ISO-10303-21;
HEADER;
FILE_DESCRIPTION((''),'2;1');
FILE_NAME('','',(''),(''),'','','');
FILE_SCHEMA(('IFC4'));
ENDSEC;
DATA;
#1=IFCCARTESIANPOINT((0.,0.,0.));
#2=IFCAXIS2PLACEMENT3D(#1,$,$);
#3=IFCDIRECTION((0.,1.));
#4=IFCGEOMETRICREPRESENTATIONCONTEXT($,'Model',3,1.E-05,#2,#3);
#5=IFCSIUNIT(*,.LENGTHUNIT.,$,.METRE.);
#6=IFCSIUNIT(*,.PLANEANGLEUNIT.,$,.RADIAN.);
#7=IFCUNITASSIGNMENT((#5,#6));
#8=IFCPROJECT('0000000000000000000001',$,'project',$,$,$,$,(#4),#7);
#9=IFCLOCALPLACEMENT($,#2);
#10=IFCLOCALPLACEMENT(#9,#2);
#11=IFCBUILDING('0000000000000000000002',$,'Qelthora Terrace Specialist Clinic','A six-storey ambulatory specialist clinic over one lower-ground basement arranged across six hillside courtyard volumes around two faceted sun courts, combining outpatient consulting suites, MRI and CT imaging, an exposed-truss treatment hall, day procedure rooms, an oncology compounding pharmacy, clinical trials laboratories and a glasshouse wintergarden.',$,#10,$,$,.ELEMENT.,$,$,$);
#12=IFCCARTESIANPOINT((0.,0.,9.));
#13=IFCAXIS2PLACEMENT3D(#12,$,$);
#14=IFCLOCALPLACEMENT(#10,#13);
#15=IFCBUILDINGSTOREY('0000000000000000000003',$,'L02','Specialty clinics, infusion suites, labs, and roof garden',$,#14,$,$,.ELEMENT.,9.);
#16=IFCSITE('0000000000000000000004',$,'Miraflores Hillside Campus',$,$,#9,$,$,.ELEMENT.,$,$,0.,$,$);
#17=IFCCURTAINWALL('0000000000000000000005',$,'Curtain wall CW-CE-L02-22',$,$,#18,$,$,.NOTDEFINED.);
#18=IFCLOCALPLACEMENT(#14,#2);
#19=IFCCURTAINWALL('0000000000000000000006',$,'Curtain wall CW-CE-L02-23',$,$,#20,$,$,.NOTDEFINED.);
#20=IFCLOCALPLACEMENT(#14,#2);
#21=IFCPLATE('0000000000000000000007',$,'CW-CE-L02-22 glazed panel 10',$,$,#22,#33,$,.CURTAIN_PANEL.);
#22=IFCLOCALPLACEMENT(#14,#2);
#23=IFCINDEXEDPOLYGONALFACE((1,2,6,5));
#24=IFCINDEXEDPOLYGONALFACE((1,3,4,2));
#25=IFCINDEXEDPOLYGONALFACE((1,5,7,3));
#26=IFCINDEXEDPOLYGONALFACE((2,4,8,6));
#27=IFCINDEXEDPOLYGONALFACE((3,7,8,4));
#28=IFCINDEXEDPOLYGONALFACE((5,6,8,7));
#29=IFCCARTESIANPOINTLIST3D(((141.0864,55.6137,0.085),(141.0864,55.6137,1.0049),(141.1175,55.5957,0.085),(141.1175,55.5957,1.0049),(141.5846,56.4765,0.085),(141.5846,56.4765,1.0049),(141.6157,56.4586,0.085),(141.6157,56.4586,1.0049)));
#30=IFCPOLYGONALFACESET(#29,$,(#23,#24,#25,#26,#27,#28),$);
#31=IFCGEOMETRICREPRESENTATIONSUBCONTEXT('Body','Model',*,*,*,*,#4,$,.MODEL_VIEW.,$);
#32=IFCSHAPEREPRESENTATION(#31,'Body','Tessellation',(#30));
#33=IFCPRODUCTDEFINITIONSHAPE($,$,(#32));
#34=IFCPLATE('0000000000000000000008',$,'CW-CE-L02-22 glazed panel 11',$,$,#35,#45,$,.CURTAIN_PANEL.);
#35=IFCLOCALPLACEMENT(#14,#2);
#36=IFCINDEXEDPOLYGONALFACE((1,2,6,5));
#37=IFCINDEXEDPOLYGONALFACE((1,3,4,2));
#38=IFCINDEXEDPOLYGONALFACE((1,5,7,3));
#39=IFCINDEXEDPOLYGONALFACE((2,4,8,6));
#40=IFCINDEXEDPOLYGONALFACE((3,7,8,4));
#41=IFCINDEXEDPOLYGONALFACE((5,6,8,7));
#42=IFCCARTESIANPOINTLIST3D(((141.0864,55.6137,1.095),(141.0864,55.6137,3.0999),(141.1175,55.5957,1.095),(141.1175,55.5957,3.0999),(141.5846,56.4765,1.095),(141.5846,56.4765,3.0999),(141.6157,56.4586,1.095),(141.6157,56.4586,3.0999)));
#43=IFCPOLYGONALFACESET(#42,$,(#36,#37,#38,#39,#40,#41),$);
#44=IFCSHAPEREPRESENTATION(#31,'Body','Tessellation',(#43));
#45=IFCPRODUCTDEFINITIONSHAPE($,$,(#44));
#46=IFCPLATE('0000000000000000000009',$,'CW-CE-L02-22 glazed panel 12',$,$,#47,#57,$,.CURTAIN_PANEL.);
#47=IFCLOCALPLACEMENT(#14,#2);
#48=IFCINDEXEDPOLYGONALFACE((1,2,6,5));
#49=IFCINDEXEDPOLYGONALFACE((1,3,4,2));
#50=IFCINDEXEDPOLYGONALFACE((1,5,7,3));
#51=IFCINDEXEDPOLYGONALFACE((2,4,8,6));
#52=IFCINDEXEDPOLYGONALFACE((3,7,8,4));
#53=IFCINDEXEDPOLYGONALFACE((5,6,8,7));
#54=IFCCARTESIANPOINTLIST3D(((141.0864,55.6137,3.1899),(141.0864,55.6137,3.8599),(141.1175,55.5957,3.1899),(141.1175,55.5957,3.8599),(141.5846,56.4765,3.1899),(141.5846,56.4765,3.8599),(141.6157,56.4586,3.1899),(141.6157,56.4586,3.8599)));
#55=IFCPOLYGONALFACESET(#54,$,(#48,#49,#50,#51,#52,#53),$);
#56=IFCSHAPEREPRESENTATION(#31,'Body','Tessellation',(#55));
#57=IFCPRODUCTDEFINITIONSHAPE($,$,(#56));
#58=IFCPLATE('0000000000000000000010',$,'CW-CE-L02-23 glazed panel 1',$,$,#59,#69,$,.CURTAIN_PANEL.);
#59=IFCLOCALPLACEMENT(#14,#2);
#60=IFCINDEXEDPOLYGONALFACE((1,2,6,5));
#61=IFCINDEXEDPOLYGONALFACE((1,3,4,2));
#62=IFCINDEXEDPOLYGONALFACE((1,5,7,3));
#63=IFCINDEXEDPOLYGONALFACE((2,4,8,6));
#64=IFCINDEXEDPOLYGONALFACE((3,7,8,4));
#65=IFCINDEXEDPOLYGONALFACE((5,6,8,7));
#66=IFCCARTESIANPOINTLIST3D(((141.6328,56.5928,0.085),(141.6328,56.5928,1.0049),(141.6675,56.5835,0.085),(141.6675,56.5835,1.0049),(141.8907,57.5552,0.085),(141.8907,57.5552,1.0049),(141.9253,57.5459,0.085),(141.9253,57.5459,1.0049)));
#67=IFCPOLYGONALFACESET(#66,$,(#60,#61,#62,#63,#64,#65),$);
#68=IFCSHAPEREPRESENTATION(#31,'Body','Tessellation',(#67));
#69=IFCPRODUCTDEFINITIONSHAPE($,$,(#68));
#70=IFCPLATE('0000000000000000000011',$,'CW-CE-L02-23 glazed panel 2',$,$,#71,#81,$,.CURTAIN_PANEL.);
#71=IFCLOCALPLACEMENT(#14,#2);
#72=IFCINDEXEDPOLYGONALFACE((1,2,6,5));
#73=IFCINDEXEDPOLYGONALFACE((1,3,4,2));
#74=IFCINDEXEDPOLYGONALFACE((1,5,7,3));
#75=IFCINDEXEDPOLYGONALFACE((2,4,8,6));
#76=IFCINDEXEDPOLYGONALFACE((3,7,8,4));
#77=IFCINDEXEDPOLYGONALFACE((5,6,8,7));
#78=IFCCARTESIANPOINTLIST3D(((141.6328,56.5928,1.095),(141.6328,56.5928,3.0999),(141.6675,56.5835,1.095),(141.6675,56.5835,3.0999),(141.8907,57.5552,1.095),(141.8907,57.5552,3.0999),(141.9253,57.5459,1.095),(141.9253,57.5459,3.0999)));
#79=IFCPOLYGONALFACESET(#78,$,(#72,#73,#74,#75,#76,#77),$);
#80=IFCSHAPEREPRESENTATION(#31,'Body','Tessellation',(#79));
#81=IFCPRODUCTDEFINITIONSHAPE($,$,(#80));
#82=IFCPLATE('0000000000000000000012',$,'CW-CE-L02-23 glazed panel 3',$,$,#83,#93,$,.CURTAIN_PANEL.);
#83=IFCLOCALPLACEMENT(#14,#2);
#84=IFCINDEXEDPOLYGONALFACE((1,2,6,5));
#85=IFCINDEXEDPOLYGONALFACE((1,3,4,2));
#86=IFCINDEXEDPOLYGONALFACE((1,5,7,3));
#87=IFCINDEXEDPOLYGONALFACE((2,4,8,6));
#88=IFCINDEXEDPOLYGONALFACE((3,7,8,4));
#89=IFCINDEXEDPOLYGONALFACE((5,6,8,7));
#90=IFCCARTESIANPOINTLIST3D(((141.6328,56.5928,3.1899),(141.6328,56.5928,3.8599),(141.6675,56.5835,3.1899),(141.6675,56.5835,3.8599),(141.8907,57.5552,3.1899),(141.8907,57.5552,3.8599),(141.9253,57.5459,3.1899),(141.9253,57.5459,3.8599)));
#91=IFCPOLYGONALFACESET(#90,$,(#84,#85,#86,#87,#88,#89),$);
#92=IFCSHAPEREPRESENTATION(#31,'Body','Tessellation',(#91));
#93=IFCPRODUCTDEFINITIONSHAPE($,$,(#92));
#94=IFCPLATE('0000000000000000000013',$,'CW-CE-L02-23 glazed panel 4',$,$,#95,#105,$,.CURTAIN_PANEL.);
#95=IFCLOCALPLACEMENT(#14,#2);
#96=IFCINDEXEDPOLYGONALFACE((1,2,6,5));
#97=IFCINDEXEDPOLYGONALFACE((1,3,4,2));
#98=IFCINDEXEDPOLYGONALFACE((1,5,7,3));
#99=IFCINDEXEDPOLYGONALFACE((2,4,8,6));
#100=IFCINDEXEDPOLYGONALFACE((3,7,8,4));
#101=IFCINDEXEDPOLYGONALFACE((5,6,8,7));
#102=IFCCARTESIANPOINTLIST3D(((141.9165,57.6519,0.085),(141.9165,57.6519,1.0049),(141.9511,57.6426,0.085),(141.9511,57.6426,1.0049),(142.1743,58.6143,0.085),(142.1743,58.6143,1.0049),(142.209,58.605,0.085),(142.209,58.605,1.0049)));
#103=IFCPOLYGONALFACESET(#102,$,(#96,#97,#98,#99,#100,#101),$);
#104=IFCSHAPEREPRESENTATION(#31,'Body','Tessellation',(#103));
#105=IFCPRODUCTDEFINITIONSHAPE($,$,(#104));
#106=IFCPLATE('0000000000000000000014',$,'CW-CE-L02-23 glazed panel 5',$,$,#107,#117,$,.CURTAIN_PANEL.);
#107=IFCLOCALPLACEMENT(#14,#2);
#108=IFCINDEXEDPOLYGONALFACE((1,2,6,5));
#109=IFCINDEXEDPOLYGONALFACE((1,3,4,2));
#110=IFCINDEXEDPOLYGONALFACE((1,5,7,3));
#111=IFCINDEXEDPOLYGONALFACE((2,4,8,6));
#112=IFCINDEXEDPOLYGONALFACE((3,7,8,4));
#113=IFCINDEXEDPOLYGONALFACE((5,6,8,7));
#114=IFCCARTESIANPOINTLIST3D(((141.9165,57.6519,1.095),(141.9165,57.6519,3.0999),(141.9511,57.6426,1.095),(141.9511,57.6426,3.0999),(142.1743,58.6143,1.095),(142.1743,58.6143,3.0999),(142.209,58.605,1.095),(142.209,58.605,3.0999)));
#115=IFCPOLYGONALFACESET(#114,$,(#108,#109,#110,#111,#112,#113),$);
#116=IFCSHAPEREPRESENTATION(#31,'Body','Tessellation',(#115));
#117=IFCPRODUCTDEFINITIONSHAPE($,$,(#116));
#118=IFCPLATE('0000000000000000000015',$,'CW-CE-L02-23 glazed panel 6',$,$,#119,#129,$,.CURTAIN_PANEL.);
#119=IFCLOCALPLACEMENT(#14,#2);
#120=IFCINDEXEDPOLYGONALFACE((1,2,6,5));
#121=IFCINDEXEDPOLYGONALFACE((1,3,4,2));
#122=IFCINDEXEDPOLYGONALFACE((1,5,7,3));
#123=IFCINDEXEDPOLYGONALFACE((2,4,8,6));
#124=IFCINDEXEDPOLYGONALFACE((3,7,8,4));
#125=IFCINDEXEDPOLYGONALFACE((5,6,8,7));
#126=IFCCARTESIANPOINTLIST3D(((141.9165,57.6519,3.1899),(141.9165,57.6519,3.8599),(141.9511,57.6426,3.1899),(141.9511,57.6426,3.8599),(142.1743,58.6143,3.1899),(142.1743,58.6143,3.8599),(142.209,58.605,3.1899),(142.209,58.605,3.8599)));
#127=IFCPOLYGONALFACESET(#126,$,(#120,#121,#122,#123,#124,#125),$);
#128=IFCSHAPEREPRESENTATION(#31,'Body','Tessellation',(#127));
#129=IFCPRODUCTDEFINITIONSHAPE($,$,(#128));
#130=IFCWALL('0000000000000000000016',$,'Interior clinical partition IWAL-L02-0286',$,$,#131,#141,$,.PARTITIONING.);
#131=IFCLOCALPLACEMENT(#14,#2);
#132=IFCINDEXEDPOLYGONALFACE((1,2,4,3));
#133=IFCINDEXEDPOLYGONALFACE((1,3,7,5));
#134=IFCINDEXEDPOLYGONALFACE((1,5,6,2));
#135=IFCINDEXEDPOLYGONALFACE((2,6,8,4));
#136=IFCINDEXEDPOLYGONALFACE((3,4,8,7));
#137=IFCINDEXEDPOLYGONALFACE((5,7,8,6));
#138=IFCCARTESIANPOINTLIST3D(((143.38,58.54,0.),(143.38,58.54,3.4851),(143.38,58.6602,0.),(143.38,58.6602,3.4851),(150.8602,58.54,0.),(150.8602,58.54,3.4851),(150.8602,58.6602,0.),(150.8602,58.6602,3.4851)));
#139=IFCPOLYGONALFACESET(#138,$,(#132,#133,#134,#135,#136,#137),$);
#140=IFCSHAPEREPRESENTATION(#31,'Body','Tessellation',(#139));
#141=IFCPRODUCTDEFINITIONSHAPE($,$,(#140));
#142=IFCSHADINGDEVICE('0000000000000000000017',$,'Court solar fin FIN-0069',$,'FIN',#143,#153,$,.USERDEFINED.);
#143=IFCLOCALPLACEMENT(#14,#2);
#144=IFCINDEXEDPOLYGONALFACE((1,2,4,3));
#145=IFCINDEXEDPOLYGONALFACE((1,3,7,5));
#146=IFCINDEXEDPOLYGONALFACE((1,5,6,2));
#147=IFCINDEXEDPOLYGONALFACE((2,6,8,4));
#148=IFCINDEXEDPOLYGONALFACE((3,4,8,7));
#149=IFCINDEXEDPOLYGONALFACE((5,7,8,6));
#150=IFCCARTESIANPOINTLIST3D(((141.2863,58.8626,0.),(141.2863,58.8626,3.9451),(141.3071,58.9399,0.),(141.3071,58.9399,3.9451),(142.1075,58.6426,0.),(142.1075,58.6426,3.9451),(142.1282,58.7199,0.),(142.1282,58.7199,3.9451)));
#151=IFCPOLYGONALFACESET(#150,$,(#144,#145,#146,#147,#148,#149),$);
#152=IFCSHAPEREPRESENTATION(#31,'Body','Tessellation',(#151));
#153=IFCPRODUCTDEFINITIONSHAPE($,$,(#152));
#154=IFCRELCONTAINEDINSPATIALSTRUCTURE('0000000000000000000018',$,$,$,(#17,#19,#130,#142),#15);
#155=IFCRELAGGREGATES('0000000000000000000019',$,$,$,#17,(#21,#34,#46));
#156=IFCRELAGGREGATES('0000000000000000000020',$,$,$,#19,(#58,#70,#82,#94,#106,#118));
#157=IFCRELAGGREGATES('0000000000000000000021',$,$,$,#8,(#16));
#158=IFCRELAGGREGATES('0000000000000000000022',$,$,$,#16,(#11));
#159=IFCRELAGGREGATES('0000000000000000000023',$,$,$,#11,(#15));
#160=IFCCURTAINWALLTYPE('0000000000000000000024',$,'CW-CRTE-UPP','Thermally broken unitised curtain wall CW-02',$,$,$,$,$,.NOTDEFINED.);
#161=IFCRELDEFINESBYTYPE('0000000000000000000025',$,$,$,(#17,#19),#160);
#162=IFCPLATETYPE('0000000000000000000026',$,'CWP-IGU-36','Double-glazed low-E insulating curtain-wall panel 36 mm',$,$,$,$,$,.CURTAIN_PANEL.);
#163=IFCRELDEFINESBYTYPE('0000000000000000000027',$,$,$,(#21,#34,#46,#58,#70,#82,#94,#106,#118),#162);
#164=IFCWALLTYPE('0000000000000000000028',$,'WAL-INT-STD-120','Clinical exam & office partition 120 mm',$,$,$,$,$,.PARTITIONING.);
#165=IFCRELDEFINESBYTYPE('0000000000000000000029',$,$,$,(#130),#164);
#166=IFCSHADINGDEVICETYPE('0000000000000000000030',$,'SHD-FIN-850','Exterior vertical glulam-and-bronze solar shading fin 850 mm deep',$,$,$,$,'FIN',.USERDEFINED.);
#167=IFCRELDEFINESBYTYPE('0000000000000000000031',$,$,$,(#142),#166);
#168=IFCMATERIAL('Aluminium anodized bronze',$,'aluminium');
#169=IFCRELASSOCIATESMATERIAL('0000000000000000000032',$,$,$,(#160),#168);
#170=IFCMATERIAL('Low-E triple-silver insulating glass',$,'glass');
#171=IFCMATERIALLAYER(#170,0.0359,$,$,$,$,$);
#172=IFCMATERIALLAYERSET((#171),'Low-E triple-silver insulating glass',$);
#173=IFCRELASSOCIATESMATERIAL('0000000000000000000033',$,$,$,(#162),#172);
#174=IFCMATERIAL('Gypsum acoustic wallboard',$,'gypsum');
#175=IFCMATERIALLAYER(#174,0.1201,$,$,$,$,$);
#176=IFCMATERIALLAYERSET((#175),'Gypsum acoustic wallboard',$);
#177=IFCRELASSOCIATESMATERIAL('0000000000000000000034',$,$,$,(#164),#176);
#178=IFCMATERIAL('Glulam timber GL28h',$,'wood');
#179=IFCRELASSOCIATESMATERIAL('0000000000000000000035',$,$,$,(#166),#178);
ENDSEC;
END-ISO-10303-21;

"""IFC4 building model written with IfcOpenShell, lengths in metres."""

from ifc_helpers import new_model, si_unit, direction, frame, frame_2d, origin, origin_2d, place, context, subcontext, project, spatial, rectangle, extrude, material, layer, layer_set, type_object, element, aggregate, save


model = new_model("IFC4")

# Units and contexts
model_context = context("Model", 3, precision=1e-05, world=origin(), true_north=direction((0.0, 1.0)))
body_context = subcontext(model_context, "Body", "Model", "MODEL_VIEW")
ifc_project = project(units=[si_unit("LENGTHUNIT", "METRE"), si_unit("PLANEANGLEUNIT", "RADIAN")], contexts=[model_context])

# Site, building, storey
site_placement = place(None, origin())
site = spatial("IfcSite", under=ifc_project, at=site_placement, Name="Miraflores Hillside Campus", CompositionType="ELEMENT", RefElevation=0.0)
building_placement = place(site_placement, origin())
building = spatial("IfcBuilding", under=site, at=building_placement, Name="Qelthora Terrace Specialist Clinic", Description="A six-storey ambulatory specialist clinic over one lower-ground basement arranged across six hillside courtyard volumes around two faceted sun courts, combining outpatient consulting suites, MRI and CT imaging, an exposed-truss treatment hall, day procedure rooms, an oncology compounding pharmacy, clinical trials laboratories and a glasshouse wintergarden.", CompositionType="ELEMENT")
storey_placement = place(building_placement, frame((0.0, 0.0, 9.0)))
storey = spatial("IfcBuildingStorey", under=building, at=storey_placement, Name="L02", Description="Specialty clinics, infusion suites, labs, and roof garden", CompositionType="ELEMENT", Elevation=9.0)

# Curtain walls
ifc_material_1 = material(Name="Aluminium anodized bronze", Category="aluminium")
curtain_wall_type = type_object("IfcCurtainWallType", Name="CW-CRTE-UPP", Description="Thermally broken unitised curtain wall CW-02", PredefinedType="NOTDEFINED", material=ifc_material_1)
curtain_wall_1_placement = place(storey_placement, origin())
curtain_wall_1 = element("IfcCurtainWall", 1, at=curtain_wall_1_placement, inside=storey, type_object=curtain_wall_type, Name="Curtain wall CW-CE-L02-22", PredefinedType="NOTDEFINED")
curtain_wall_2_placement = place(storey_placement, origin())
curtain_wall_2 = element("IfcCurtainWall", 2, at=curtain_wall_2_placement, inside=storey, type_object=curtain_wall_type, Name="Curtain wall CW-CE-L02-23", PredefinedType="NOTDEFINED")

# Plates
ifc_material_2 = material(Name="Low-E triple-silver insulating glass", Category="glass")
ifc_layer_1 = layer(ifc_material_2, 0.0359)
ifc_layer_set_1 = layer_set([ifc_layer_1], Name="Low-E triple-silver insulating glass")
plate_type = type_object("IfcPlateType", Name="CWP-IGU-36", Description="Double-glazed low-E insulating curtain-wall panel 36 mm", PredefinedType="CURTAIN_PANEL", material=ifc_layer_set_1)
plate_1_placement = place(storey_placement, frame((141.3511, 56.0361, 0.085), z_axis=(0.0, 0.0, 1.0), x_axis=(0.5, 0.866025, 0.0)))
plate_1 = element("IfcPlate", 3, at=plate_1_placement, type_object=plate_type, Name="CW-CE-L02-22 glazed panel 10", PredefinedType="CURTAIN_PANEL", context=body_context, shape_type="SweptSolid", body=[
    extrude(rectangle(XDim=0.9963, YDim=0.0359, at=origin_2d()), origin(), (0.0, 0.0, 1.0), 0.9199),
])
plate_2_placement = place(storey_placement, frame((141.3511, 56.0361, 1.095), z_axis=(0.0, 0.0, 1.0), x_axis=(0.5, 0.866025, 0.0)))
plate_2 = element("IfcPlate", 4, at=plate_2_placement, type_object=plate_type, Name="CW-CE-L02-22 glazed panel 11", PredefinedType="CURTAIN_PANEL", context=body_context, shape_type="SweptSolid", body=[
    extrude(rectangle(XDim=0.9963, YDim=0.0359, at=origin_2d()), origin(), (0.0, 0.0, 1.0), 2.0049),
])
plate_3_placement = place(storey_placement, frame((141.3511, 56.0361, 3.1899), z_axis=(0.0, 0.0, 1.0), x_axis=(0.5, 0.866025, 0.0)))
plate_3 = element("IfcPlate", 5, at=plate_3_placement, type_object=plate_type, Name="CW-CE-L02-22 glazed panel 12", PredefinedType="CURTAIN_PANEL", context=body_context, shape_type="SweptSolid", body=[
    extrude(rectangle(XDim=0.9963, YDim=0.0359, at=origin_2d()), origin(), (0.0, 0.0, 1.0), 0.6699),
])
aggregate(curtain_wall_1, [plate_1, plate_2, plate_3])
plate_4_placement = place(storey_placement, frame((141.7791, 57.0693, 0.085), z_axis=(0.0, 0.0, 1.0), x_axis=(0.258819, 0.965926, 0.0)))
plate_4 = element("IfcPlate", 6, at=plate_4_placement, type_object=plate_type, Name="CW-CE-L02-23 glazed panel 1", PredefinedType="CURTAIN_PANEL", context=body_context, shape_type="SweptSolid", body=[
    extrude(rectangle(XDim=0.9963, YDim=0.0359, at=origin_2d()), origin(), (0.0, 0.0, 1.0), 0.9199),
])
plate_5_placement = place(storey_placement, frame((141.7791, 57.0693, 1.095), z_axis=(0.0, 0.0, 1.0), x_axis=(0.258819, 0.965926, 0.0)))
plate_5 = element("IfcPlate", 7, at=plate_5_placement, type_object=plate_type, Name="CW-CE-L02-23 glazed panel 2", PredefinedType="CURTAIN_PANEL", context=body_context, shape_type="SweptSolid", body=[
    extrude(rectangle(XDim=0.9963, YDim=0.0359, at=origin_2d()), origin(), (0.0, 0.0, 1.0), 2.0049),
])
plate_6_placement = place(storey_placement, frame((141.7791, 57.0693, 3.1899), z_axis=(0.0, 0.0, 1.0), x_axis=(0.258819, 0.965926, 0.0)))
plate_6 = element("IfcPlate", 8, at=plate_6_placement, type_object=plate_type, Name="CW-CE-L02-23 glazed panel 3", PredefinedType="CURTAIN_PANEL", context=body_context, shape_type="SweptSolid", body=[
    extrude(rectangle(XDim=0.9963, YDim=0.0359, at=origin_2d()), origin(), (0.0, 0.0, 1.0), 0.6699),
])
plate_7_placement = place(storey_placement, frame((142.0627, 58.1284, 0.085), z_axis=(0.0, 0.0, 1.0), x_axis=(0.258819, 0.965926, 0.0)))
plate_7 = element("IfcPlate", 9, at=plate_7_placement, type_object=plate_type, Name="CW-CE-L02-23 glazed panel 4", PredefinedType="CURTAIN_PANEL", context=body_context, shape_type="SweptSolid", body=[
    extrude(rectangle(XDim=0.9963, YDim=0.0359, at=origin_2d()), origin(), (0.0, 0.0, 1.0), 0.9199),
])
plate_8_placement = place(storey_placement, frame((142.0627, 58.1284, 1.095), z_axis=(0.0, 0.0, 1.0), x_axis=(0.258819, 0.965926, 0.0)))
plate_8 = element("IfcPlate", 10, at=plate_8_placement, type_object=plate_type, Name="CW-CE-L02-23 glazed panel 5", PredefinedType="CURTAIN_PANEL", context=body_context, shape_type="SweptSolid", body=[
    extrude(rectangle(XDim=0.9963, YDim=0.0359, at=origin_2d()), origin(), (0.0, 0.0, 1.0), 2.0049),
])
plate_9_placement = place(storey_placement, frame((142.0627, 58.1284, 3.1899), z_axis=(0.0, 0.0, 1.0), x_axis=(0.258819, 0.965926, 0.0)))
plate_9 = element("IfcPlate", 11, at=plate_9_placement, type_object=plate_type, Name="CW-CE-L02-23 glazed panel 6", PredefinedType="CURTAIN_PANEL", context=body_context, shape_type="SweptSolid", body=[
    extrude(rectangle(XDim=0.9963, YDim=0.0359, at=origin_2d()), origin(), (0.0, 0.0, 1.0), 0.6699),
])
aggregate(curtain_wall_2, [plate_4, plate_5, plate_6, plate_7, plate_8, plate_9])

# Wall
ifc_material_3 = material(Name="Gypsum acoustic wallboard", Category="gypsum")
ifc_layer_2 = layer(ifc_material_3, 0.1201)
ifc_layer_set_2 = layer_set([ifc_layer_2], Name="Gypsum acoustic wallboard")
wall_type = type_object("IfcWallType", Name="WAL-INT-STD-120", Description="Clinical exam & office partition 120 mm", PredefinedType="PARTITIONING", material=ifc_layer_set_2)
wall_placement = place(storey_placement, frame((143.3799, 58.6001, 0.0), z_axis=(0.0, 0.0, 1.0), x_axis=(1.0, 0.0, 0.0)))
element("IfcWall", 12, at=wall_placement, inside=storey, type_object=wall_type, Name="Interior clinical partition IWAL-L02-0286", PredefinedType="PARTITIONING", context=body_context, shape_type="SweptSolid", body=[
    extrude(rectangle(XDim=7.4802, YDim=0.1201, at=frame_2d((3.7402, 0.0))), origin(), (0.0, 0.0, 1.0), 3.4851),
])

# Shading device
ifc_material_4 = material(Name="Glulam timber GL28h", Category="wood")
shading_device_type = type_object("IfcShadingDeviceType", Name="SHD-FIN-850", Description="Exterior vertical glulam-and-bronze solar shading fin 850 mm deep", ElementType="FIN", PredefinedType="USERDEFINED", material=ifc_material_4)
shading_device_placement = place(storey_placement, frame((141.7073, 58.7913, 0.0), z_axis=(0.0, 0.0, 1.0), x_axis=(-0.965926, 0.258819, 0.0)))
element("IfcShadingDevice", 13, at=shading_device_placement, inside=storey, type_object=shading_device_type, Name="Court solar fin FIN-0069", ObjectType="FIN", PredefinedType="USERDEFINED", context=body_context, shape_type="SweptSolid", body=[
    extrude(rectangle(XDim=0.8501, YDim=0.0801, at=origin_2d()), origin(), (0.0, 0.0, 1.0), 3.9451),
])

save(model, "model.ifc")
